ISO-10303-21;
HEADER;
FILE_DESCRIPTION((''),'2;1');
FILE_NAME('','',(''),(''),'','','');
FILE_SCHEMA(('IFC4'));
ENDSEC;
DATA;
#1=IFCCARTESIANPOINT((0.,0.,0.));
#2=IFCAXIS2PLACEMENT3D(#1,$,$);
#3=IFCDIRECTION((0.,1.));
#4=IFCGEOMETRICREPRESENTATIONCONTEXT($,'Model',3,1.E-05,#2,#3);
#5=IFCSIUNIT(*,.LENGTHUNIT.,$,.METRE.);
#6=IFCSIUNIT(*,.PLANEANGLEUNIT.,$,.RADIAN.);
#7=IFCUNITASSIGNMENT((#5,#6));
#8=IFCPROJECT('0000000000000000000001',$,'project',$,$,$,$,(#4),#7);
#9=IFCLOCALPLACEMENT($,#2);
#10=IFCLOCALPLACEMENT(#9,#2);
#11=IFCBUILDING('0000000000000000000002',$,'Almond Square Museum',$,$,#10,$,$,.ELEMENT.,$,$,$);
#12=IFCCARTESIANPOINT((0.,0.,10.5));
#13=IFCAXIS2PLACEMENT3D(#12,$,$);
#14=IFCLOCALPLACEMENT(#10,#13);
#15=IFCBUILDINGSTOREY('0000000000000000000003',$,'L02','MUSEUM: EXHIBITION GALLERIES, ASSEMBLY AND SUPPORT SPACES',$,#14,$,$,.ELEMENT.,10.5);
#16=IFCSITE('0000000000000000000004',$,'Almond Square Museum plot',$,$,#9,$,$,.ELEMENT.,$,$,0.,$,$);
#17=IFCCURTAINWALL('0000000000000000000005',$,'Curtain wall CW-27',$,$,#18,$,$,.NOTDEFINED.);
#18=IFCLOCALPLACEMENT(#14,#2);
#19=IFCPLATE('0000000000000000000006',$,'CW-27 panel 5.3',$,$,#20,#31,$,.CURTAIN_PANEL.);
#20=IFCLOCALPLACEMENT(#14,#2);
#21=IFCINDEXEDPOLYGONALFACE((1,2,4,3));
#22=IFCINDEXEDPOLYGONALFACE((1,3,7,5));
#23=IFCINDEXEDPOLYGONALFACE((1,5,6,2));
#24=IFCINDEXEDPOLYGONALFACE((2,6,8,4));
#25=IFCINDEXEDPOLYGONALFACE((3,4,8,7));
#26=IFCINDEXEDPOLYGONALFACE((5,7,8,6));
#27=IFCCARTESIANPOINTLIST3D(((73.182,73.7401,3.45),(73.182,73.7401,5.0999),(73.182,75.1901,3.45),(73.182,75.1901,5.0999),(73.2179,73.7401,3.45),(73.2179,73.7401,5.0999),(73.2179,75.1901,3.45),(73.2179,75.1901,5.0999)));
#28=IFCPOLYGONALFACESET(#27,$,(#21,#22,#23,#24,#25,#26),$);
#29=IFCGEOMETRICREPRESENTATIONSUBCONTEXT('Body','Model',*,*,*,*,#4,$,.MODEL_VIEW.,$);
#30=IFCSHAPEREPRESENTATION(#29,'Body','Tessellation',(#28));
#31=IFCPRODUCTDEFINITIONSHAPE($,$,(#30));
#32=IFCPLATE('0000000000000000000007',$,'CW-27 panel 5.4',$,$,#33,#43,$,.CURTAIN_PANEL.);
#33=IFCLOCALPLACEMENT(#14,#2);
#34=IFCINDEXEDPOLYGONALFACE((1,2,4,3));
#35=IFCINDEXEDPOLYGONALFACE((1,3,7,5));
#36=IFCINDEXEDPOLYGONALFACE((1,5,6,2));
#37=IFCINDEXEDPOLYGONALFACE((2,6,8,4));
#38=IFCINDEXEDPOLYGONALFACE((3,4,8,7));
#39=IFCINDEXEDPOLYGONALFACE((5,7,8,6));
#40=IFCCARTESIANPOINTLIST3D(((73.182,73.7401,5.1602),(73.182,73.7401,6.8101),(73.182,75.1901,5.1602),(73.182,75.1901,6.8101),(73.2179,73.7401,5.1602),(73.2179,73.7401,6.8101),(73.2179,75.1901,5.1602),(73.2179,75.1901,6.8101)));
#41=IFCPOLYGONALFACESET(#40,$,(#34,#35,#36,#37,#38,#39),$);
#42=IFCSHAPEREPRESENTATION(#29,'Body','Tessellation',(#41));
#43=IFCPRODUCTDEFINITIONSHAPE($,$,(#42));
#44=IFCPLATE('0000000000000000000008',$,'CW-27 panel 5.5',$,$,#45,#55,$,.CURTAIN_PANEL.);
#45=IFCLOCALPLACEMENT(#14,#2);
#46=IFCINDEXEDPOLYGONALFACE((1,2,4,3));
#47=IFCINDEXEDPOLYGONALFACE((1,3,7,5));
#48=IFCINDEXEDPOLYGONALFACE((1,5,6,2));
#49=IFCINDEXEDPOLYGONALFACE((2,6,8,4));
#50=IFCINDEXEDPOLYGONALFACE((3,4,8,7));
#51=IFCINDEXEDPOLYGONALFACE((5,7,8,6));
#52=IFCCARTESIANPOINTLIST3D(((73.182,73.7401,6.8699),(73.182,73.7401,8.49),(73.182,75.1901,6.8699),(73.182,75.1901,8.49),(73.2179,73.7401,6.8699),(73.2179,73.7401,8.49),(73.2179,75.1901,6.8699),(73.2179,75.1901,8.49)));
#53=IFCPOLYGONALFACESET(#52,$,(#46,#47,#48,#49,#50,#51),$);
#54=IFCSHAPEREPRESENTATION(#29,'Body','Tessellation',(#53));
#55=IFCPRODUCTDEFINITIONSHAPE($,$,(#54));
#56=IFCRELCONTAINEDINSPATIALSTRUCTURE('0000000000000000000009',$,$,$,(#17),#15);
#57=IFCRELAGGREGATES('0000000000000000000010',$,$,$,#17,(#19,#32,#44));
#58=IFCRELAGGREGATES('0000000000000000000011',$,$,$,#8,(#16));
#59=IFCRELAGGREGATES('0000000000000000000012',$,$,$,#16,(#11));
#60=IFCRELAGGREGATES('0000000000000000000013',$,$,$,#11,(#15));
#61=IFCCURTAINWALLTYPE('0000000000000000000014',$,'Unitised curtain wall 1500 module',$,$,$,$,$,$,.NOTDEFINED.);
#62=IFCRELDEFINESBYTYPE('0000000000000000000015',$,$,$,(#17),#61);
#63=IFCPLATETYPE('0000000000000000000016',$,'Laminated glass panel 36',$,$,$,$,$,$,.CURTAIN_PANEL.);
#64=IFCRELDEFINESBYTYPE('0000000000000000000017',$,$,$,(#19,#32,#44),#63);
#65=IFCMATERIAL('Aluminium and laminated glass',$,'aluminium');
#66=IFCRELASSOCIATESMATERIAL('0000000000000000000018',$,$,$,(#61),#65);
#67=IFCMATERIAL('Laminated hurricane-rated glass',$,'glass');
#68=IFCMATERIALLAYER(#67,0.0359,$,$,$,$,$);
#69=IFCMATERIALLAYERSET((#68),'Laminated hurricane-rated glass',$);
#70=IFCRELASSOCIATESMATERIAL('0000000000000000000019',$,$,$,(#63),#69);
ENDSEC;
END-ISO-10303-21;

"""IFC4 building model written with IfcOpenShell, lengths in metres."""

from ifc_helpers import new_model, si_unit, direction, frame, origin, origin_2d, place, context, subcontext, project, spatial, rectangle, extrude, material, layer, layer_set, type_object, element, aggregate, save


model = new_model("IFC4")

# Units and contexts
model_context = context("Model", 3, precision=1e-05, world=origin(), true_north=direction((0.0, 1.0)))
body_context = subcontext(model_context, "Body", "Model", "MODEL_VIEW")
ifc_project = project(units=[si_unit("LENGTHUNIT", "METRE"), si_unit("PLANEANGLEUNIT", "RADIAN")], contexts=[model_context])

# Site, building, storey
site_placement = place(None, origin())
site = spatial("IfcSite", under=ifc_project, at=site_placement, Name="Almond Square Museum plot", CompositionType="ELEMENT", RefElevation=0.0)
building_placement = place(site_placement, origin())
building = spatial("IfcBuilding", under=site, at=building_placement, Name="Almond Square Museum", CompositionType="ELEMENT")
storey_placement = place(building_placement, frame((0.0, 0.0, 10.5)))
storey = spatial("IfcBuildingStorey", under=building, at=storey_placement, Name="L02", Description="MUSEUM: EXHIBITION GALLERIES, ASSEMBLY AND SUPPORT SPACES", CompositionType="ELEMENT", Elevation=10.5)

# Curtain wall, plates
ifc_material_1 = material(Name="Aluminium and laminated glass", Category="aluminium")
curtain_wall_type = type_object("IfcCurtainWallType", Name="Unitised curtain wall 1500 module", PredefinedType="NOTDEFINED", material=ifc_material_1)
curtain_wall_placement = place(storey_placement, origin())
curtain_wall = element("IfcCurtainWall", 1, at=curtain_wall_placement, inside=storey, type_object=curtain_wall_type, Name="Curtain wall CW-27", PredefinedType="NOTDEFINED")
ifc_material_2 = material(Name="Laminated hurricane-rated glass", Category="glass")
ifc_layer = layer(ifc_material_2, 0.0359)
ifc_layer_set = layer_set([ifc_layer], Name="Laminated hurricane-rated glass")
plate_type = type_object("IfcPlateType", Name="Laminated glass panel 36", PredefinedType="CURTAIN_PANEL", material=ifc_layer_set)
plate_1_placement = place(storey_placement, frame((73.2, 74.4651, 3.45), z_axis=(0.0, 0.0, 1.0), x_axis=(0.0, 1.0, 0.0)))
plate_1 = element("IfcPlate", 2, at=plate_1_placement, type_object=plate_type, Name="CW-27 panel 5.3", PredefinedType="CURTAIN_PANEL", context=body_context, shape_type="SweptSolid", body=[
    extrude(rectangle(XDim=1.45, YDim=0.0359, at=origin_2d()), origin(), (0.0, 0.0, 1.0), 1.6499),
])
plate_2_placement = place(storey_placement, frame((73.2, 74.4651, 5.1602), z_axis=(0.0, 0.0, 1.0), x_axis=(0.0, 1.0, 0.0)))
plate_2 = element("IfcPlate", 3, at=plate_2_placement, type_object=plate_type, Name="CW-27 panel 5.4", PredefinedType="CURTAIN_PANEL", context=body_context, shape_type="SweptSolid", body=[
    extrude(rectangle(XDim=1.45, YDim=0.0359, at=origin_2d()), origin(), (0.0, 0.0, 1.0), 1.6499),
])
plate_3_placement = place(storey_placement, frame((73.2, 74.4651, 6.8699), z_axis=(0.0, 0.0, 1.0), x_axis=(0.0, 1.0, 0.0)))
plate_3 = element("IfcPlate", 4, at=plate_3_placement, type_object=plate_type, Name="CW-27 panel 5.5", PredefinedType="CURTAIN_PANEL", context=body_context, shape_type="SweptSolid", body=[
    extrude(rectangle(XDim=1.45, YDim=0.0359, at=origin_2d()), origin(), (0.0, 0.0, 1.0), 1.6201),
])
aggregate(curtain_wall, [plate_1, plate_2, plate_3])

save(model, "model.ifc")
